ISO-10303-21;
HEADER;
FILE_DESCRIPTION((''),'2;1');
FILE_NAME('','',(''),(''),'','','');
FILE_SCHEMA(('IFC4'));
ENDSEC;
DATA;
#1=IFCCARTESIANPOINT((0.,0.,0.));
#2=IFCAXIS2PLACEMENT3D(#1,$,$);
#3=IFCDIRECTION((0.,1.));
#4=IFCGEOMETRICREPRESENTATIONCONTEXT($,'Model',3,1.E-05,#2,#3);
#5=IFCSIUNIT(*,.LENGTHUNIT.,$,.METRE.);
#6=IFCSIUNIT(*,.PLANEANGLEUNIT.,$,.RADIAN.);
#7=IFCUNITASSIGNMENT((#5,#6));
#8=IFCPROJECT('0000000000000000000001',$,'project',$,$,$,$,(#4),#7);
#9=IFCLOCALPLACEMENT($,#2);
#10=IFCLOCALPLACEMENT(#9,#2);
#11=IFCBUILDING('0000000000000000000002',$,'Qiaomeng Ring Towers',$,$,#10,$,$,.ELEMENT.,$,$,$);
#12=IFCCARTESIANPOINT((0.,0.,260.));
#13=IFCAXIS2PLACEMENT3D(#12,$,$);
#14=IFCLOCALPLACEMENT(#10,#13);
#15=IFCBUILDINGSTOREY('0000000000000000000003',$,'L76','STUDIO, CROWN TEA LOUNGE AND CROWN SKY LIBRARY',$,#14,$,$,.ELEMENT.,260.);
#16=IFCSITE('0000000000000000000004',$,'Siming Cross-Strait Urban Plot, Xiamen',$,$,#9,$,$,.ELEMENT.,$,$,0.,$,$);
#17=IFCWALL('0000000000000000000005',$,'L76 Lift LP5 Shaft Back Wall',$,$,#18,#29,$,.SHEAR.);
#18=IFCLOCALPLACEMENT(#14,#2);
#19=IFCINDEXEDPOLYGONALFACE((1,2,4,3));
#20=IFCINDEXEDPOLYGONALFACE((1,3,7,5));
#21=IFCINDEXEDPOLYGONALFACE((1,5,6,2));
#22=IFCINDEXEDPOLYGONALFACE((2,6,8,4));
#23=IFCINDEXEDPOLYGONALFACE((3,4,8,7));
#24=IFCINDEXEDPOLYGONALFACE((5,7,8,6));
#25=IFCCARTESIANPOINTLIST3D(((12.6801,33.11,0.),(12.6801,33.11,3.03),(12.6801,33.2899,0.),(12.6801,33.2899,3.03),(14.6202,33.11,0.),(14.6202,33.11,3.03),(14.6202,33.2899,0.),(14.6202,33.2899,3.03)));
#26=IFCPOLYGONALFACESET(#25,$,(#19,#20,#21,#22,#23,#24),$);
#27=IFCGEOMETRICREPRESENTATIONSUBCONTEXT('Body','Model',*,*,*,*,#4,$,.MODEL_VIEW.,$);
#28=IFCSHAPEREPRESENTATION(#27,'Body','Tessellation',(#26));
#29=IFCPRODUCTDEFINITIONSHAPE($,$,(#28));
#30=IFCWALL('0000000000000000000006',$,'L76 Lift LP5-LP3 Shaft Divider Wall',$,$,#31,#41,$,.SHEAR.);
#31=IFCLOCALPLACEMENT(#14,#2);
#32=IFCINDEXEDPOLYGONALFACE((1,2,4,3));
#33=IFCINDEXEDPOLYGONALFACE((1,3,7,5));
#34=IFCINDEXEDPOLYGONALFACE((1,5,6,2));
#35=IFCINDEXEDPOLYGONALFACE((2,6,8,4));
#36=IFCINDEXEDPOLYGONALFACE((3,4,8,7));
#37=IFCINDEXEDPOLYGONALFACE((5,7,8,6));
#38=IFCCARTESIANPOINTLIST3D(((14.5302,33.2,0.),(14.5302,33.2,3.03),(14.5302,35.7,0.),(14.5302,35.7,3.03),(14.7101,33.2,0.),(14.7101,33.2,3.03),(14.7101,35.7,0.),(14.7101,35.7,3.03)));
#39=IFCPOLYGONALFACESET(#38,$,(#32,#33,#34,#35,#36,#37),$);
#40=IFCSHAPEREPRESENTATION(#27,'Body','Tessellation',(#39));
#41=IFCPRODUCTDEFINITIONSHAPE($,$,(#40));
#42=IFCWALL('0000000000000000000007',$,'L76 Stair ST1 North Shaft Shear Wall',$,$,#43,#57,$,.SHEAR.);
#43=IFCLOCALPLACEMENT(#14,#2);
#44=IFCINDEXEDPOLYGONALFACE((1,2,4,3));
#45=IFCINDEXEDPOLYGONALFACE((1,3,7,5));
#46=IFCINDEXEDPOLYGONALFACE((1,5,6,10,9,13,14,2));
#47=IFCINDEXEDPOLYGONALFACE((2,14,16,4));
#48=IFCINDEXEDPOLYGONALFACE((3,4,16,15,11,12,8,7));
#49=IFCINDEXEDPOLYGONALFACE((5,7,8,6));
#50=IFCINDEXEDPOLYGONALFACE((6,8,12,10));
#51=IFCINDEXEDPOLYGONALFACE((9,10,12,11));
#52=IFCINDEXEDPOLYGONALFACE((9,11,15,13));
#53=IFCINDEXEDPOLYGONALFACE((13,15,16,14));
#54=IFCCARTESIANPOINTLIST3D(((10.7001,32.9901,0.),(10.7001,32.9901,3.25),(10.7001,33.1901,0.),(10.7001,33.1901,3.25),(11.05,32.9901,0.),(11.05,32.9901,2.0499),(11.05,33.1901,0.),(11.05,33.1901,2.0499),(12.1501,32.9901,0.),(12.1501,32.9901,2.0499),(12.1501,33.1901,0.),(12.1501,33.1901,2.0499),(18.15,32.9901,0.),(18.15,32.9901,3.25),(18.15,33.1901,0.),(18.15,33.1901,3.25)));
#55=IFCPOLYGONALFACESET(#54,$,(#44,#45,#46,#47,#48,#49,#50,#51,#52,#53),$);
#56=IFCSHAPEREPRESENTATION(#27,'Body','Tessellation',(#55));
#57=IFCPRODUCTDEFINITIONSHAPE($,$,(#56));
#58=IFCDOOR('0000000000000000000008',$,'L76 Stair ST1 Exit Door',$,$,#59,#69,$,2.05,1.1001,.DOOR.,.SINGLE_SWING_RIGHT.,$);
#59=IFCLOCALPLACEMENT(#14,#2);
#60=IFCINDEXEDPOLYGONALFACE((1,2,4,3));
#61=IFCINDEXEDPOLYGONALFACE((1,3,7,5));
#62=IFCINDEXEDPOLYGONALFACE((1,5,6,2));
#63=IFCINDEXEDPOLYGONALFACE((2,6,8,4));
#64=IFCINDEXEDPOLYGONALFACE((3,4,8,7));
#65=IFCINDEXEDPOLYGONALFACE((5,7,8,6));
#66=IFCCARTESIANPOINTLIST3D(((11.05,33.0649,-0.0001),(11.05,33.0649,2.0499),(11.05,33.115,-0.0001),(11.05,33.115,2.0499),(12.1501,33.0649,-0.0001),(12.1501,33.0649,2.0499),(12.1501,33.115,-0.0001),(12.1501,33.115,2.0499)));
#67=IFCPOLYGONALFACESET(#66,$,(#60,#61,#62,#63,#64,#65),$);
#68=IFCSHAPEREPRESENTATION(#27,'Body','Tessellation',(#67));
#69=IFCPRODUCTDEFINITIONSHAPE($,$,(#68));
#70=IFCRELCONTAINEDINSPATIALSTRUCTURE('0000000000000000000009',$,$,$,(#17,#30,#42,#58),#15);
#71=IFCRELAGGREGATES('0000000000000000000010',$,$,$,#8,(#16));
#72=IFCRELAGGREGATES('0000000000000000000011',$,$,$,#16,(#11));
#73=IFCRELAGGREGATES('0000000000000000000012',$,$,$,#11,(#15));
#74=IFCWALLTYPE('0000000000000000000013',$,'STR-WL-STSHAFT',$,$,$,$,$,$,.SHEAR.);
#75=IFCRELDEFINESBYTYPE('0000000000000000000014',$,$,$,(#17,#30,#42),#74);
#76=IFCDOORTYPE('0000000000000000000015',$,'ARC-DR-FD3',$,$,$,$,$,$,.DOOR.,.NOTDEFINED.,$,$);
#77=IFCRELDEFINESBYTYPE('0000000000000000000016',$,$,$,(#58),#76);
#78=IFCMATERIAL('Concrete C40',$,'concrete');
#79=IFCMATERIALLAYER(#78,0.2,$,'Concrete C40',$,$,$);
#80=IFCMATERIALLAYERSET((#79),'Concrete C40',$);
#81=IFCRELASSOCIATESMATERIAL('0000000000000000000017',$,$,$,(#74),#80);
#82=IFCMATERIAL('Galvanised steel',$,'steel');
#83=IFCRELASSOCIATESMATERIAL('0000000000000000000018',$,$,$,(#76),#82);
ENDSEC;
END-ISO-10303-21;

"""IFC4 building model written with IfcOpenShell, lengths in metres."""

from ifc_helpers import new_model, si_unit, direction, frame, frame_2d, origin, place, context, subcontext, project, spatial, rectangle, extrude, source, transform, mapped, material, layer, layer_set, type_object, element, fill, save


model = new_model("IFC4")

# Units and contexts
model_context = context("Model", 3, precision=1e-05, world=origin(), true_north=direction((0.0, 1.0)))
body_context = subcontext(model_context, "Body", "Model", "MODEL_VIEW")
ifc_project = project(units=[si_unit("LENGTHUNIT", "METRE"), si_unit("PLANEANGLEUNIT", "RADIAN")], contexts=[model_context])

# Site, building, storey
site_placement = place(None, origin())
site = spatial("IfcSite", under=ifc_project, at=site_placement, Name="Siming Cross-Strait Urban Plot, Xiamen", CompositionType="ELEMENT", RefElevation=0.0)
building_placement = place(site_placement, origin())
building = spatial("IfcBuilding", under=site, at=building_placement, Name="Qiaomeng Ring Towers", CompositionType="ELEMENT")
storey_placement = place(building_placement, frame((0.0, 0.0, 260.0)))
storey = spatial("IfcBuildingStorey", under=building, at=storey_placement, Name="L76", Description="STUDIO, CROWN TEA LOUNGE AND CROWN SKY LIBRARY", CompositionType="ELEMENT", Elevation=260.0)

# Walls
ifc_material_1 = material(Name="Concrete C40", Category="concrete")
ifc_layer_1 = layer(ifc_material_1, 0.2, Name="Concrete C40")
ifc_layer_set_1 = layer_set([ifc_layer_1], Name="Concrete C40")
wall_type_1 = type_object("IfcWallType", Name="STR-WL-STSHAFT", PredefinedType="SHEAR", material=ifc_layer_set_1)
wall_1_placement = place(storey_placement, frame((12.6799, 33.2, 0.0), z_axis=(0.0, 0.0, 1.0), x_axis=(1.0, 0.0, 0.0)))
element("IfcWall", 1, at=wall_1_placement, inside=storey, type_object=wall_type_1, Name="L76 Lift LP5 Shaft Back Wall", PredefinedType="SHEAR", context=body_context, shape_type="SweptSolid", body=[
    extrude(rectangle(XDim=1.9402, YDim=0.1799, at=frame_2d((0.9702, 0.0))), origin(), (0.0, 0.0, 1.0), 3.03),
])
wall_2_placement = place(storey_placement, frame((14.6201, 33.2, 0.0), z_axis=(0.0, 0.0, 1.0), x_axis=(0.0, 1.0, 0.0)))
element("IfcWall", 2, at=wall_2_placement, inside=storey, type_object=wall_type_1, Name="L76 Lift LP5-LP3 Shaft Divider Wall", PredefinedType="SHEAR", context=body_context, shape_type="SweptSolid", body=[
    extrude(rectangle(XDim=2.5, YDim=0.1799, at=frame_2d((1.25, 0.0))), origin(), (0.0, 0.0, 1.0), 3.03),
])

# Wall, opening, door
wall_3_placement = place(storey_placement, frame((10.7, 33.0901, 0.0), z_axis=(0.0, 0.0, 1.0), x_axis=(1.0, 0.0, 0.0)))
wall_3 = element("IfcWall", 3, at=wall_3_placement, inside=storey, type_object=wall_type_1, Name="L76 Stair ST1 North Shaft Shear Wall", PredefinedType="SHEAR", context=body_context, shape_type="SweptSolid", body=[
    extrude(rectangle(XDim=7.45, YDim=0.2, at=frame_2d((3.7251, 0.0))), origin(), (0.0, 0.0, 1.0), 3.25),
])
opening_1_placement = place(wall_3_placement, frame((0.3501, 0.0, 0.0)))
opening_1 = element("IfcOpeningElement", 4, at=opening_1_placement, cuts=wall_3, PredefinedType="OPENING", context=body_context, shape_type="SweptSolid", body=[
    extrude(rectangle(XDim=1.1001, YDim=2.05, at=frame_2d((0.55, 1.0249))), frame((0.0, 0.1099, 0.0), z_axis=(0.0, -1.0, 0.0), x_axis=(1.0, 0.0, 0.0)), (0.0, 0.0, 1.0), 0.22),
])
ifc_material_2 = material(Name="Galvanised steel", Category="steel")
door_type_1 = type_object("IfcDoorType", Name="ARC-DR-FD3", OperationType="NOTDEFINED", PredefinedType="DOOR", material=ifc_material_2)
shared_shape_1 = source(origin(), body_context, "Body", "SweptSolid", [
    extrude(rectangle(XDim=1.1001, YDim=2.05, at=frame_2d((0.55, 1.0249))), frame((0.0, 0.0249, 0.0), z_axis=(0.0, -1.0, 0.0), x_axis=(1.0, 0.0, 0.0)), (0.0, 0.0, 1.0), 0.05),
])
door_1_placement = place(opening_1_placement, origin())
door_1 = element("IfcDoor", 5, at=door_1_placement, inside=storey, type_object=door_type_1, Name="L76 Stair ST1 Exit Door", OperationType="SINGLE_SWING_RIGHT", OverallHeight=2.05, OverallWidth=1.1001, PredefinedType="DOOR", context=body_context, shape_type="MappedRepresentation", body=[
    mapped(shared_shape_1, transform((0.0, 0.0, 0.0), x_axis=(1.0, 0.0, 0.0), y_axis=(0.0, 1.0, 0.0), z_axis=(0.0, 0.0, 1.0), scale=1.0)),
])
fill(opening_1, door_1)

save(model, "model.ifc")
